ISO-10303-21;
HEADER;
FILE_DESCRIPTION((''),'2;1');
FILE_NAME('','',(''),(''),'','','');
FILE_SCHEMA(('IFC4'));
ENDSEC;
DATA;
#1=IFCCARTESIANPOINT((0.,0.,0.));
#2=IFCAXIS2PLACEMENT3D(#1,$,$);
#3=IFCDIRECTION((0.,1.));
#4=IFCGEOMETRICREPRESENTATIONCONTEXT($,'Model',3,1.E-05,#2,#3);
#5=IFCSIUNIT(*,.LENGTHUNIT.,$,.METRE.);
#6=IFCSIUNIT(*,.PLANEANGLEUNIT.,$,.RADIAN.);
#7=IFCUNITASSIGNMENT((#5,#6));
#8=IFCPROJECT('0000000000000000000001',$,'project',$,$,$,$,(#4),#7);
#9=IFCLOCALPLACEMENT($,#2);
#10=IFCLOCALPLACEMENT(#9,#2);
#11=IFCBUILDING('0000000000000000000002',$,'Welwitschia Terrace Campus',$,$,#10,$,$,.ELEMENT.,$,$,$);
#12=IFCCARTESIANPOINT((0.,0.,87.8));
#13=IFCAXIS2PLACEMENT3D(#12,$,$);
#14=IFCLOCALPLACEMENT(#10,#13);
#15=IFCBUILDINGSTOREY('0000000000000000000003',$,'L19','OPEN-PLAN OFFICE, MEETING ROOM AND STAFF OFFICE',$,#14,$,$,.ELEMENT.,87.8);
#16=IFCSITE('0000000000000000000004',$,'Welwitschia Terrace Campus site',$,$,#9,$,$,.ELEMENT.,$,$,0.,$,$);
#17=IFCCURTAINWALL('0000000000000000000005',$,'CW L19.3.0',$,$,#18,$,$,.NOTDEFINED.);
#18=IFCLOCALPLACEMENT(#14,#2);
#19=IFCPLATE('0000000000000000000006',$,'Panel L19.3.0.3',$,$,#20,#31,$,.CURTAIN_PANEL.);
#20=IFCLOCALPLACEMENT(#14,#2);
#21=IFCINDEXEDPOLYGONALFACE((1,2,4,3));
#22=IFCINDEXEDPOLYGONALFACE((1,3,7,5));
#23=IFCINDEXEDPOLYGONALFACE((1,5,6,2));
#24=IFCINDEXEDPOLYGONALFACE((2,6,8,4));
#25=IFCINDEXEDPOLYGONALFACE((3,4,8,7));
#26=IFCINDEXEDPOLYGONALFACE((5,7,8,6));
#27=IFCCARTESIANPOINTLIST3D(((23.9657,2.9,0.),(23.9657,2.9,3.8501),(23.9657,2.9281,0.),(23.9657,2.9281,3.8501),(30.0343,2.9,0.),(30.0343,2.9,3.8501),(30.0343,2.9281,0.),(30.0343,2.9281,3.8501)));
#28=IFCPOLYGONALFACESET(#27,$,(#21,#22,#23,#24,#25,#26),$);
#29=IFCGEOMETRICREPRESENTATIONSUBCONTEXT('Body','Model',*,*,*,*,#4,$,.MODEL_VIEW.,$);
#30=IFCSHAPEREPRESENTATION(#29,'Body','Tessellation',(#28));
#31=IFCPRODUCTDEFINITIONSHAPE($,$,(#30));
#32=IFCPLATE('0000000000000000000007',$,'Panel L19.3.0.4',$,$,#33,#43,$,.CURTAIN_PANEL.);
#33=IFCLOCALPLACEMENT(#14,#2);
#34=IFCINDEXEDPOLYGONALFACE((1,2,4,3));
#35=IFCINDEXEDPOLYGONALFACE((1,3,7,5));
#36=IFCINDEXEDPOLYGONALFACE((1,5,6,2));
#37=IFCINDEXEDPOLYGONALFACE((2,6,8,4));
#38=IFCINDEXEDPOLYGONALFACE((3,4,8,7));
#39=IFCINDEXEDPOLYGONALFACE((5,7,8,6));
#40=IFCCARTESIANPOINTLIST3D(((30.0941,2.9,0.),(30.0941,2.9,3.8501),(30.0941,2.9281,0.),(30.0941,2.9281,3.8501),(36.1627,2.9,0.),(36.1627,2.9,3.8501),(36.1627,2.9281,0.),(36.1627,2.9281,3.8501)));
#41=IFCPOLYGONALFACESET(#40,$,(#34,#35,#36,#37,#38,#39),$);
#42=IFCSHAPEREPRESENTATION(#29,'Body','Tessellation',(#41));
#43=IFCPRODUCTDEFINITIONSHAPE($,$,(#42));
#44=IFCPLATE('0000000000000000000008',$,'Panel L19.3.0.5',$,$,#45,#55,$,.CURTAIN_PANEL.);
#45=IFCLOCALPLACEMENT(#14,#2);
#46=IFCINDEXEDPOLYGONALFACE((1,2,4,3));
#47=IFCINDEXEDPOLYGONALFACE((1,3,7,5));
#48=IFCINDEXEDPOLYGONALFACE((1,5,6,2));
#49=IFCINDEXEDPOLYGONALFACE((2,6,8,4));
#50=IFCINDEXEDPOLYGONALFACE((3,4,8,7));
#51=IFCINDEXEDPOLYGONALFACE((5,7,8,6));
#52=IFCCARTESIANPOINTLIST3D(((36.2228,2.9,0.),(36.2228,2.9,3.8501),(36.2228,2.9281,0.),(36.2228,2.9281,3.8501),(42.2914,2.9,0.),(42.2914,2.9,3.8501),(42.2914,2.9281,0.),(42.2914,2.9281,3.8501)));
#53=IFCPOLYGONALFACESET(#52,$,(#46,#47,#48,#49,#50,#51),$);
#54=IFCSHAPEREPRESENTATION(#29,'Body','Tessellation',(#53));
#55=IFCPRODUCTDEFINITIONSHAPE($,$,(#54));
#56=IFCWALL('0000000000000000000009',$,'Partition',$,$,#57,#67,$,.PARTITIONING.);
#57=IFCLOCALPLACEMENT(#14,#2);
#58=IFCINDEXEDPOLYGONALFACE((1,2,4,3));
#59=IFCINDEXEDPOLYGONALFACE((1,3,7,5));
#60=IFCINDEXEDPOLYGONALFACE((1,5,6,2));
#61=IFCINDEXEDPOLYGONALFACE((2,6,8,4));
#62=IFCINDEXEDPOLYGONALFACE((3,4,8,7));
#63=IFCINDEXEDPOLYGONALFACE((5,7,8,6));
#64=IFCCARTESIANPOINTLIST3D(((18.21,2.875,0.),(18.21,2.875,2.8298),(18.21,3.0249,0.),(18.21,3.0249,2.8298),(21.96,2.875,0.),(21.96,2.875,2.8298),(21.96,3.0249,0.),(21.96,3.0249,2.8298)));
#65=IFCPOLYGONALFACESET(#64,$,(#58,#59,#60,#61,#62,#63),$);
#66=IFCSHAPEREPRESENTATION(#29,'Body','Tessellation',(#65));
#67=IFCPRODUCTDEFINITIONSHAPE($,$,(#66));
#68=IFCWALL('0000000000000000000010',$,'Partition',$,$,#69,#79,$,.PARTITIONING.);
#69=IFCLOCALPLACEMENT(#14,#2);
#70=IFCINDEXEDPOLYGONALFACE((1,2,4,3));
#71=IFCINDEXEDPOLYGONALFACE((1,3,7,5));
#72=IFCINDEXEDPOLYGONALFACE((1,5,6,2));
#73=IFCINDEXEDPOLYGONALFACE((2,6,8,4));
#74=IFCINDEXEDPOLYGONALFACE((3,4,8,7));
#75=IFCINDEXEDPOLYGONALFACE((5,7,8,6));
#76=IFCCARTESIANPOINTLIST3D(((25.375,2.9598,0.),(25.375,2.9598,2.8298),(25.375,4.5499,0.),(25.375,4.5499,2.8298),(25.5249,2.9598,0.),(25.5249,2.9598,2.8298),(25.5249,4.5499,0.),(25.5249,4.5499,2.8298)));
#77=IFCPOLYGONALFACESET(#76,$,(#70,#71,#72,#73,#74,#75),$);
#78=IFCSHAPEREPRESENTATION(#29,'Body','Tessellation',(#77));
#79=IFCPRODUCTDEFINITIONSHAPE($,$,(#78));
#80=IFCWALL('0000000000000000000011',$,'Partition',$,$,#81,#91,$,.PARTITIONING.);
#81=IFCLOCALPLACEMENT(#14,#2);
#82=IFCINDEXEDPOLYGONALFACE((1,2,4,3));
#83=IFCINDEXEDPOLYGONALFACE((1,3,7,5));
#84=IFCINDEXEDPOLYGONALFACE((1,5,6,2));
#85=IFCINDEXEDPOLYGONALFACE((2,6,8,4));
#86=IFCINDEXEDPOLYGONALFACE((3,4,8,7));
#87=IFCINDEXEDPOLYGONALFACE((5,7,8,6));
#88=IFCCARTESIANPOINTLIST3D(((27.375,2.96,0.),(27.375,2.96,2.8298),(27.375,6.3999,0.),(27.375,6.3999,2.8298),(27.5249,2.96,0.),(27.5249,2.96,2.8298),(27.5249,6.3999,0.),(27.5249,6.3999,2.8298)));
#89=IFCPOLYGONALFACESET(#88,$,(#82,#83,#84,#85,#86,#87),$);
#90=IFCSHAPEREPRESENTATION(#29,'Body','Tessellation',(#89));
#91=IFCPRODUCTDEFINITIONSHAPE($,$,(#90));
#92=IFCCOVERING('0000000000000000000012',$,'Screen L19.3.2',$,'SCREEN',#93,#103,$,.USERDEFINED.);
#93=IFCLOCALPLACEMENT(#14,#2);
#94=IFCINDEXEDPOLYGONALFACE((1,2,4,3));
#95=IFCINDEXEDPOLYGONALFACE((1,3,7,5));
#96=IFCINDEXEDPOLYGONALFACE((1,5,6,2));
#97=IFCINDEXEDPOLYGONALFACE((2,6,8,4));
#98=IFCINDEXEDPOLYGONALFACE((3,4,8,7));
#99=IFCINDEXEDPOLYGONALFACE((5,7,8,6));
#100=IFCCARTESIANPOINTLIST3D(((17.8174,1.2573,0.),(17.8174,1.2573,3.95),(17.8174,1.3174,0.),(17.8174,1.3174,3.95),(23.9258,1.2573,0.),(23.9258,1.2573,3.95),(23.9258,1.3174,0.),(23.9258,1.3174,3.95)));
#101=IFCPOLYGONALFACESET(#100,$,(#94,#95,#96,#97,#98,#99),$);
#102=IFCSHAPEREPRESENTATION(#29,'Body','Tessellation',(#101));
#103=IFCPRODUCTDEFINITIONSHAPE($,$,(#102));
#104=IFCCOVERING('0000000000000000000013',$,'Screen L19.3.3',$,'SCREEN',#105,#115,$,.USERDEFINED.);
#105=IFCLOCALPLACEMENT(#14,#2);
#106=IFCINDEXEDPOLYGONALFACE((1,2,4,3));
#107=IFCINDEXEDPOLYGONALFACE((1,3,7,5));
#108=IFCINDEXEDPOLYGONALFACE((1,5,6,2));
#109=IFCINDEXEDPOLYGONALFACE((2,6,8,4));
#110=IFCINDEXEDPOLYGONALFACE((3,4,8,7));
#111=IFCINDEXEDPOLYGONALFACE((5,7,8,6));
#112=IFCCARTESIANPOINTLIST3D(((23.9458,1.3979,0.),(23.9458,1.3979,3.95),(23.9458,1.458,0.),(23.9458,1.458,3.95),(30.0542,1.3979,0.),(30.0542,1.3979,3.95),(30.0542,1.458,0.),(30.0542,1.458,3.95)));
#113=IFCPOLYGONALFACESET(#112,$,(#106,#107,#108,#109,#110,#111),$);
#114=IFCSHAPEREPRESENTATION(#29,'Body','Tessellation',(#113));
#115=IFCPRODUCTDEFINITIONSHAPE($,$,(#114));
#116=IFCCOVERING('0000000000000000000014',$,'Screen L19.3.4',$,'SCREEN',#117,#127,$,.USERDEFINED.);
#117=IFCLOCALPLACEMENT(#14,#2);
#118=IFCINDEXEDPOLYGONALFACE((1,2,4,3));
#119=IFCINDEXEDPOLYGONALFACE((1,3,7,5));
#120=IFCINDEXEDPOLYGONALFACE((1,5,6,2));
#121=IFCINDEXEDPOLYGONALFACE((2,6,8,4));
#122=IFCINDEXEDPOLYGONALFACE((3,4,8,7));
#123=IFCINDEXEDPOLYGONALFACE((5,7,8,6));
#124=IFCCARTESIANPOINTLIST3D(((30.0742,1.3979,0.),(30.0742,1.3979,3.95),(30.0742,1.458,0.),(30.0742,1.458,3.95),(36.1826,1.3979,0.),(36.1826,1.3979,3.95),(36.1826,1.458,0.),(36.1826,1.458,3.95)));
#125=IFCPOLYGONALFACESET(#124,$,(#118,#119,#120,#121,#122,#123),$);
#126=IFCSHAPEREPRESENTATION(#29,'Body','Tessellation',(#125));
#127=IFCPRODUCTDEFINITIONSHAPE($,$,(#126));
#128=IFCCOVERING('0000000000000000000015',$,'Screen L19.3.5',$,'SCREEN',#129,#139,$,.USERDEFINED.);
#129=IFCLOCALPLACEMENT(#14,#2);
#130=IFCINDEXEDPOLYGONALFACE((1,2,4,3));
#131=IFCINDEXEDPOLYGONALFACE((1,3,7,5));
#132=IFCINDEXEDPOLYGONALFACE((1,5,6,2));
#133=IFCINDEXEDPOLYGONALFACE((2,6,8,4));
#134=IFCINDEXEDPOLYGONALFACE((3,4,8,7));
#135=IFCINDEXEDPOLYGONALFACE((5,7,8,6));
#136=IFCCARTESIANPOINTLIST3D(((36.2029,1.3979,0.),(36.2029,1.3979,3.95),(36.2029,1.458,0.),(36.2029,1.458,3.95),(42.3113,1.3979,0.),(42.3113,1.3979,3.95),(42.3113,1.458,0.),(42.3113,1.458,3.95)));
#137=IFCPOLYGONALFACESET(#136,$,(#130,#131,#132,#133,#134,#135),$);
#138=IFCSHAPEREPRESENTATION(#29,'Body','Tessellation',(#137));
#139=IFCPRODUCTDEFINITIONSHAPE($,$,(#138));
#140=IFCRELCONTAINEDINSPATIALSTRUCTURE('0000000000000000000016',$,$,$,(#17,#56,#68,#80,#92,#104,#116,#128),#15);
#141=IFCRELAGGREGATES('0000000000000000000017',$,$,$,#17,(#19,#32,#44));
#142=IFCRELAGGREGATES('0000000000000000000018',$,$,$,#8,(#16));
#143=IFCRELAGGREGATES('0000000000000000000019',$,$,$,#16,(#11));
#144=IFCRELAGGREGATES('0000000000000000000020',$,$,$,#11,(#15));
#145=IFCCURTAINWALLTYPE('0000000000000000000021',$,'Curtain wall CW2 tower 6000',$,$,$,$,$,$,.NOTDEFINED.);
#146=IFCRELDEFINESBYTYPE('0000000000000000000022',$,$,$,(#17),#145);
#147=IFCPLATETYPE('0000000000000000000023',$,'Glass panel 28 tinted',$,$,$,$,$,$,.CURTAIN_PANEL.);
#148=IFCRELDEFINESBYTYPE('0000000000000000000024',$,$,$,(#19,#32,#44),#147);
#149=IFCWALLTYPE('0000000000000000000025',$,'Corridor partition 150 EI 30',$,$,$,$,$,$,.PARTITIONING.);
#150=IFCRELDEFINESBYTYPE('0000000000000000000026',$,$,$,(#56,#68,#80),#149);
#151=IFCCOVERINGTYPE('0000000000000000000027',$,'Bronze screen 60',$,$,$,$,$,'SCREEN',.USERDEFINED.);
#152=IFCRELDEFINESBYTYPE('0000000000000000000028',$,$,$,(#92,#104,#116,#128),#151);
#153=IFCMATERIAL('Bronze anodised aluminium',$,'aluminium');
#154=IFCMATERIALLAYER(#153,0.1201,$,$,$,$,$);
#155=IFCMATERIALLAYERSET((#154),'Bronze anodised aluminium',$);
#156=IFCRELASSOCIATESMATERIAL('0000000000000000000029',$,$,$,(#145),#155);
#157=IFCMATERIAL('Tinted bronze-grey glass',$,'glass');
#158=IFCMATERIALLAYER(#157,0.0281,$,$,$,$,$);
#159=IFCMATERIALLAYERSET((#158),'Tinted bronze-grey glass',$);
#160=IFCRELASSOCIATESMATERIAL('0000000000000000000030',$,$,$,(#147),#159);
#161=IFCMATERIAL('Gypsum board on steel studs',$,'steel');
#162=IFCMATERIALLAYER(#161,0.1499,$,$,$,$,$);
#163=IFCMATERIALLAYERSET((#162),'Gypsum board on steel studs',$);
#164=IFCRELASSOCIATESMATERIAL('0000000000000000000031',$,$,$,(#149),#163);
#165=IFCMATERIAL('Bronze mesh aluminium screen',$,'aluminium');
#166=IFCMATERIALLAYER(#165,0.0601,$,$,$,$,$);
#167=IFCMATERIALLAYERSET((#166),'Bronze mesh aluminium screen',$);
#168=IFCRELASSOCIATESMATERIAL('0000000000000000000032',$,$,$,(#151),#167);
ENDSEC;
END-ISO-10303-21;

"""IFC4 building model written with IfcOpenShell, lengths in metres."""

from ifc_helpers import new_model, si_unit, direction, frame, frame_2d, origin, origin_2d, place, context, subcontext, project, spatial, rectangle, extrude, material, layer, layer_set, type_object, element, aggregate, save


model = new_model("IFC4")

# Units and contexts
model_context = context("Model", 3, precision=1e-05, world=origin(), true_north=direction((0.0, 1.0)))
body_context = subcontext(model_context, "Body", "Model", "MODEL_VIEW")
ifc_project = project(units=[si_unit("LENGTHUNIT", "METRE"), si_unit("PLANEANGLEUNIT", "RADIAN")], contexts=[model_context])

# Site, building, storey
site_placement = place(None, origin())
site = spatial("IfcSite", under=ifc_project, at=site_placement, Name="Welwitschia Terrace Campus site", CompositionType="ELEMENT", RefElevation=0.0)
building_placement = place(site_placement, origin())
building = spatial("IfcBuilding", under=site, at=building_placement, Name="Welwitschia Terrace Campus", CompositionType="ELEMENT")
storey_placement = place(building_placement, frame((0.0, 0.0, 87.8)))
storey = spatial("IfcBuildingStorey", under=building, at=storey_placement, Name="L19", Description="OPEN-PLAN OFFICE, MEETING ROOM AND STAFF OFFICE", CompositionType="ELEMENT", Elevation=87.8)

# Curtain wall
ifc_material_1 = material(Name="Bronze anodised aluminium", Category="aluminium")
ifc_layer_1 = layer(ifc_material_1, 0.1201)
ifc_layer_set_1 = layer_set([ifc_layer_1], Name="Bronze anodised aluminium")
curtain_wall_type = type_object("IfcCurtainWallType", Name="Curtain wall CW2 tower 6000", PredefinedType="NOTDEFINED", material=ifc_layer_set_1)
curtain_wall_placement = place(storey_placement, origin())
curtain_wall = element("IfcCurtainWall", 1, at=curtain_wall_placement, inside=storey, type_object=curtain_wall_type, Name="CW L19.3.0", PredefinedType="NOTDEFINED")

# Plates
ifc_material_2 = material(Name="Tinted bronze-grey glass", Category="glass")
ifc_layer_2 = layer(ifc_material_2, 0.0281)
ifc_layer_set_2 = layer_set([ifc_layer_2], Name="Tinted bronze-grey glass")
plate_type = type_object("IfcPlateType", Name="Glass panel 28 tinted", PredefinedType="CURTAIN_PANEL", material=ifc_layer_set_2)
plate_1_placement = place(storey_placement, frame((27.0, 2.9141, 0.0), z_axis=(0.0, 0.0, 1.0), x_axis=(1.0, 0.0, 0.0)))
plate_1 = element("IfcPlate", 2, at=plate_1_placement, type_object=plate_type, Name="Panel L19.3.0.3", PredefinedType="CURTAIN_PANEL", context=body_context, shape_type="SweptSolid", body=[
    extrude(rectangle(XDim=6.0686, YDim=0.0281, at=origin_2d()), origin(), (0.0, 0.0, 1.0), 3.8501),
])
plate_2_placement = place(storey_placement, frame((33.1284, 2.9141, 0.0), z_axis=(0.0, 0.0, 1.0), x_axis=(1.0, 0.0, 0.0)))
plate_2 = element("IfcPlate", 3, at=plate_2_placement, type_object=plate_type, Name="Panel L19.3.0.4", PredefinedType="CURTAIN_PANEL", context=body_context, shape_type="SweptSolid", body=[
    extrude(rectangle(XDim=6.0686, YDim=0.0281, at=origin_2d()), origin(), (0.0, 0.0, 1.0), 3.8501),
])
plate_3_placement = place(storey_placement, frame((39.2571, 2.9141, 0.0), z_axis=(0.0, 0.0, 1.0), x_axis=(1.0, 0.0, 0.0)))
plate_3 = element("IfcPlate", 4, at=plate_3_placement, type_object=plate_type, Name="Panel L19.3.0.5", PredefinedType="CURTAIN_PANEL", context=body_context, shape_type="SweptSolid", body=[
    extrude(rectangle(XDim=6.0686, YDim=0.0281, at=origin_2d()), origin(), (0.0, 0.0, 1.0), 3.8501),
])
aggregate(curtain_wall, [plate_1, plate_2, plate_3])

# Walls
ifc_material_3 = material(Name="Gypsum board on steel studs", Category="steel")
ifc_layer_3 = layer(ifc_material_3, 0.1499)
ifc_layer_set_3 = layer_set([ifc_layer_3], Name="Gypsum board on steel studs")
wall_type = type_object("IfcWallType", Name="Corridor partition 150 EI 30", PredefinedType="PARTITIONING", material=ifc_layer_set_3)
wall_1_placement = place(storey_placement, frame((18.21, 2.95, 0.0), z_axis=(0.0, 0.0, 1.0), x_axis=(1.0, 0.0, 0.0)))
element("IfcWall", 5, at=wall_1_placement, inside=storey, type_object=wall_type, Name="Partition", PredefinedType="PARTITIONING", context=body_context, shape_type="SweptSolid", body=[
    extrude(rectangle(XDim=3.75, YDim=0.1499, at=frame_2d((1.875, 0.0))), origin(), (0.0, 0.0, 1.0), 2.8298),
])
wall_2_placement = place(storey_placement, frame((25.45, 2.96, 0.0), z_axis=(0.0, 0.0, 1.0), x_axis=(0.0, 1.0, 0.0)))
element("IfcWall", 6, at=wall_2_placement, inside=storey, type_object=wall_type, Name="Partition", PredefinedType="PARTITIONING", context=body_context, shape_type="SweptSolid", body=[
    extrude(rectangle(XDim=1.5901, YDim=0.1499, at=frame_2d((0.7949, 0.0))), origin(), (0.0, 0.0, 1.0), 2.8298),
])
wall_3_placement = place(storey_placement, frame((27.45, 2.96, 0.0), z_axis=(0.0, 0.0, 1.0), x_axis=(0.0, 1.0, 0.0)))
element("IfcWall", 7, at=wall_3_placement, inside=storey, type_object=wall_type, Name="Partition", PredefinedType="PARTITIONING", context=body_context, shape_type="SweptSolid", body=[
    extrude(rectangle(XDim=3.4399, YDim=0.1499, at=frame_2d((1.72, 0.0))), origin(), (0.0, 0.0, 1.0), 2.8298),
])

# Coverings
ifc_material_4 = material(Name="Bronze mesh aluminium screen", Category="aluminium")
ifc_layer_4 = layer(ifc_material_4, 0.0601)
ifc_layer_set_4 = layer_set([ifc_layer_4], Name="Bronze mesh aluminium screen")
covering_type = type_object("IfcCoveringType", Name="Bronze screen 60", ElementType="SCREEN", PredefinedType="USERDEFINED", material=ifc_layer_set_4)
for number, where, z_axis, x_axis, name in (
    (8, (20.8716, 1.2874, 0.0), (0.0, 0.0, 1.0), (1.0, 0.0, 0.0), "Screen L19.3.2"),
    (9, (27.0, 1.428, 0.0), (0.0, 0.0, 1.0), (1.0, 0.0, 0.0), "Screen L19.3.3"),
    (10, (33.1284, 1.428, 0.0), (0.0, 0.0, 1.0), (1.0, 0.0, 0.0), "Screen L19.3.4"),
    (11, (39.2571, 1.428, 0.0), (0.0, 0.0, 1.0), (1.0, 0.0, 0.0), "Screen L19.3.5"),
):
    element("IfcCovering", number, at=place(storey_placement, frame(where, z_axis=z_axis, x_axis=x_axis)), inside=storey, type_object=covering_type, Name=name, ObjectType="SCREEN", PredefinedType="USERDEFINED", context=body_context, shape_type="SweptSolid", body=[
        extrude(rectangle(XDim=6.1084, YDim=0.0601, at=origin_2d()), origin(), (0.0, 0.0, 1.0), 3.95),
    ])

save(model, "model.ifc")
